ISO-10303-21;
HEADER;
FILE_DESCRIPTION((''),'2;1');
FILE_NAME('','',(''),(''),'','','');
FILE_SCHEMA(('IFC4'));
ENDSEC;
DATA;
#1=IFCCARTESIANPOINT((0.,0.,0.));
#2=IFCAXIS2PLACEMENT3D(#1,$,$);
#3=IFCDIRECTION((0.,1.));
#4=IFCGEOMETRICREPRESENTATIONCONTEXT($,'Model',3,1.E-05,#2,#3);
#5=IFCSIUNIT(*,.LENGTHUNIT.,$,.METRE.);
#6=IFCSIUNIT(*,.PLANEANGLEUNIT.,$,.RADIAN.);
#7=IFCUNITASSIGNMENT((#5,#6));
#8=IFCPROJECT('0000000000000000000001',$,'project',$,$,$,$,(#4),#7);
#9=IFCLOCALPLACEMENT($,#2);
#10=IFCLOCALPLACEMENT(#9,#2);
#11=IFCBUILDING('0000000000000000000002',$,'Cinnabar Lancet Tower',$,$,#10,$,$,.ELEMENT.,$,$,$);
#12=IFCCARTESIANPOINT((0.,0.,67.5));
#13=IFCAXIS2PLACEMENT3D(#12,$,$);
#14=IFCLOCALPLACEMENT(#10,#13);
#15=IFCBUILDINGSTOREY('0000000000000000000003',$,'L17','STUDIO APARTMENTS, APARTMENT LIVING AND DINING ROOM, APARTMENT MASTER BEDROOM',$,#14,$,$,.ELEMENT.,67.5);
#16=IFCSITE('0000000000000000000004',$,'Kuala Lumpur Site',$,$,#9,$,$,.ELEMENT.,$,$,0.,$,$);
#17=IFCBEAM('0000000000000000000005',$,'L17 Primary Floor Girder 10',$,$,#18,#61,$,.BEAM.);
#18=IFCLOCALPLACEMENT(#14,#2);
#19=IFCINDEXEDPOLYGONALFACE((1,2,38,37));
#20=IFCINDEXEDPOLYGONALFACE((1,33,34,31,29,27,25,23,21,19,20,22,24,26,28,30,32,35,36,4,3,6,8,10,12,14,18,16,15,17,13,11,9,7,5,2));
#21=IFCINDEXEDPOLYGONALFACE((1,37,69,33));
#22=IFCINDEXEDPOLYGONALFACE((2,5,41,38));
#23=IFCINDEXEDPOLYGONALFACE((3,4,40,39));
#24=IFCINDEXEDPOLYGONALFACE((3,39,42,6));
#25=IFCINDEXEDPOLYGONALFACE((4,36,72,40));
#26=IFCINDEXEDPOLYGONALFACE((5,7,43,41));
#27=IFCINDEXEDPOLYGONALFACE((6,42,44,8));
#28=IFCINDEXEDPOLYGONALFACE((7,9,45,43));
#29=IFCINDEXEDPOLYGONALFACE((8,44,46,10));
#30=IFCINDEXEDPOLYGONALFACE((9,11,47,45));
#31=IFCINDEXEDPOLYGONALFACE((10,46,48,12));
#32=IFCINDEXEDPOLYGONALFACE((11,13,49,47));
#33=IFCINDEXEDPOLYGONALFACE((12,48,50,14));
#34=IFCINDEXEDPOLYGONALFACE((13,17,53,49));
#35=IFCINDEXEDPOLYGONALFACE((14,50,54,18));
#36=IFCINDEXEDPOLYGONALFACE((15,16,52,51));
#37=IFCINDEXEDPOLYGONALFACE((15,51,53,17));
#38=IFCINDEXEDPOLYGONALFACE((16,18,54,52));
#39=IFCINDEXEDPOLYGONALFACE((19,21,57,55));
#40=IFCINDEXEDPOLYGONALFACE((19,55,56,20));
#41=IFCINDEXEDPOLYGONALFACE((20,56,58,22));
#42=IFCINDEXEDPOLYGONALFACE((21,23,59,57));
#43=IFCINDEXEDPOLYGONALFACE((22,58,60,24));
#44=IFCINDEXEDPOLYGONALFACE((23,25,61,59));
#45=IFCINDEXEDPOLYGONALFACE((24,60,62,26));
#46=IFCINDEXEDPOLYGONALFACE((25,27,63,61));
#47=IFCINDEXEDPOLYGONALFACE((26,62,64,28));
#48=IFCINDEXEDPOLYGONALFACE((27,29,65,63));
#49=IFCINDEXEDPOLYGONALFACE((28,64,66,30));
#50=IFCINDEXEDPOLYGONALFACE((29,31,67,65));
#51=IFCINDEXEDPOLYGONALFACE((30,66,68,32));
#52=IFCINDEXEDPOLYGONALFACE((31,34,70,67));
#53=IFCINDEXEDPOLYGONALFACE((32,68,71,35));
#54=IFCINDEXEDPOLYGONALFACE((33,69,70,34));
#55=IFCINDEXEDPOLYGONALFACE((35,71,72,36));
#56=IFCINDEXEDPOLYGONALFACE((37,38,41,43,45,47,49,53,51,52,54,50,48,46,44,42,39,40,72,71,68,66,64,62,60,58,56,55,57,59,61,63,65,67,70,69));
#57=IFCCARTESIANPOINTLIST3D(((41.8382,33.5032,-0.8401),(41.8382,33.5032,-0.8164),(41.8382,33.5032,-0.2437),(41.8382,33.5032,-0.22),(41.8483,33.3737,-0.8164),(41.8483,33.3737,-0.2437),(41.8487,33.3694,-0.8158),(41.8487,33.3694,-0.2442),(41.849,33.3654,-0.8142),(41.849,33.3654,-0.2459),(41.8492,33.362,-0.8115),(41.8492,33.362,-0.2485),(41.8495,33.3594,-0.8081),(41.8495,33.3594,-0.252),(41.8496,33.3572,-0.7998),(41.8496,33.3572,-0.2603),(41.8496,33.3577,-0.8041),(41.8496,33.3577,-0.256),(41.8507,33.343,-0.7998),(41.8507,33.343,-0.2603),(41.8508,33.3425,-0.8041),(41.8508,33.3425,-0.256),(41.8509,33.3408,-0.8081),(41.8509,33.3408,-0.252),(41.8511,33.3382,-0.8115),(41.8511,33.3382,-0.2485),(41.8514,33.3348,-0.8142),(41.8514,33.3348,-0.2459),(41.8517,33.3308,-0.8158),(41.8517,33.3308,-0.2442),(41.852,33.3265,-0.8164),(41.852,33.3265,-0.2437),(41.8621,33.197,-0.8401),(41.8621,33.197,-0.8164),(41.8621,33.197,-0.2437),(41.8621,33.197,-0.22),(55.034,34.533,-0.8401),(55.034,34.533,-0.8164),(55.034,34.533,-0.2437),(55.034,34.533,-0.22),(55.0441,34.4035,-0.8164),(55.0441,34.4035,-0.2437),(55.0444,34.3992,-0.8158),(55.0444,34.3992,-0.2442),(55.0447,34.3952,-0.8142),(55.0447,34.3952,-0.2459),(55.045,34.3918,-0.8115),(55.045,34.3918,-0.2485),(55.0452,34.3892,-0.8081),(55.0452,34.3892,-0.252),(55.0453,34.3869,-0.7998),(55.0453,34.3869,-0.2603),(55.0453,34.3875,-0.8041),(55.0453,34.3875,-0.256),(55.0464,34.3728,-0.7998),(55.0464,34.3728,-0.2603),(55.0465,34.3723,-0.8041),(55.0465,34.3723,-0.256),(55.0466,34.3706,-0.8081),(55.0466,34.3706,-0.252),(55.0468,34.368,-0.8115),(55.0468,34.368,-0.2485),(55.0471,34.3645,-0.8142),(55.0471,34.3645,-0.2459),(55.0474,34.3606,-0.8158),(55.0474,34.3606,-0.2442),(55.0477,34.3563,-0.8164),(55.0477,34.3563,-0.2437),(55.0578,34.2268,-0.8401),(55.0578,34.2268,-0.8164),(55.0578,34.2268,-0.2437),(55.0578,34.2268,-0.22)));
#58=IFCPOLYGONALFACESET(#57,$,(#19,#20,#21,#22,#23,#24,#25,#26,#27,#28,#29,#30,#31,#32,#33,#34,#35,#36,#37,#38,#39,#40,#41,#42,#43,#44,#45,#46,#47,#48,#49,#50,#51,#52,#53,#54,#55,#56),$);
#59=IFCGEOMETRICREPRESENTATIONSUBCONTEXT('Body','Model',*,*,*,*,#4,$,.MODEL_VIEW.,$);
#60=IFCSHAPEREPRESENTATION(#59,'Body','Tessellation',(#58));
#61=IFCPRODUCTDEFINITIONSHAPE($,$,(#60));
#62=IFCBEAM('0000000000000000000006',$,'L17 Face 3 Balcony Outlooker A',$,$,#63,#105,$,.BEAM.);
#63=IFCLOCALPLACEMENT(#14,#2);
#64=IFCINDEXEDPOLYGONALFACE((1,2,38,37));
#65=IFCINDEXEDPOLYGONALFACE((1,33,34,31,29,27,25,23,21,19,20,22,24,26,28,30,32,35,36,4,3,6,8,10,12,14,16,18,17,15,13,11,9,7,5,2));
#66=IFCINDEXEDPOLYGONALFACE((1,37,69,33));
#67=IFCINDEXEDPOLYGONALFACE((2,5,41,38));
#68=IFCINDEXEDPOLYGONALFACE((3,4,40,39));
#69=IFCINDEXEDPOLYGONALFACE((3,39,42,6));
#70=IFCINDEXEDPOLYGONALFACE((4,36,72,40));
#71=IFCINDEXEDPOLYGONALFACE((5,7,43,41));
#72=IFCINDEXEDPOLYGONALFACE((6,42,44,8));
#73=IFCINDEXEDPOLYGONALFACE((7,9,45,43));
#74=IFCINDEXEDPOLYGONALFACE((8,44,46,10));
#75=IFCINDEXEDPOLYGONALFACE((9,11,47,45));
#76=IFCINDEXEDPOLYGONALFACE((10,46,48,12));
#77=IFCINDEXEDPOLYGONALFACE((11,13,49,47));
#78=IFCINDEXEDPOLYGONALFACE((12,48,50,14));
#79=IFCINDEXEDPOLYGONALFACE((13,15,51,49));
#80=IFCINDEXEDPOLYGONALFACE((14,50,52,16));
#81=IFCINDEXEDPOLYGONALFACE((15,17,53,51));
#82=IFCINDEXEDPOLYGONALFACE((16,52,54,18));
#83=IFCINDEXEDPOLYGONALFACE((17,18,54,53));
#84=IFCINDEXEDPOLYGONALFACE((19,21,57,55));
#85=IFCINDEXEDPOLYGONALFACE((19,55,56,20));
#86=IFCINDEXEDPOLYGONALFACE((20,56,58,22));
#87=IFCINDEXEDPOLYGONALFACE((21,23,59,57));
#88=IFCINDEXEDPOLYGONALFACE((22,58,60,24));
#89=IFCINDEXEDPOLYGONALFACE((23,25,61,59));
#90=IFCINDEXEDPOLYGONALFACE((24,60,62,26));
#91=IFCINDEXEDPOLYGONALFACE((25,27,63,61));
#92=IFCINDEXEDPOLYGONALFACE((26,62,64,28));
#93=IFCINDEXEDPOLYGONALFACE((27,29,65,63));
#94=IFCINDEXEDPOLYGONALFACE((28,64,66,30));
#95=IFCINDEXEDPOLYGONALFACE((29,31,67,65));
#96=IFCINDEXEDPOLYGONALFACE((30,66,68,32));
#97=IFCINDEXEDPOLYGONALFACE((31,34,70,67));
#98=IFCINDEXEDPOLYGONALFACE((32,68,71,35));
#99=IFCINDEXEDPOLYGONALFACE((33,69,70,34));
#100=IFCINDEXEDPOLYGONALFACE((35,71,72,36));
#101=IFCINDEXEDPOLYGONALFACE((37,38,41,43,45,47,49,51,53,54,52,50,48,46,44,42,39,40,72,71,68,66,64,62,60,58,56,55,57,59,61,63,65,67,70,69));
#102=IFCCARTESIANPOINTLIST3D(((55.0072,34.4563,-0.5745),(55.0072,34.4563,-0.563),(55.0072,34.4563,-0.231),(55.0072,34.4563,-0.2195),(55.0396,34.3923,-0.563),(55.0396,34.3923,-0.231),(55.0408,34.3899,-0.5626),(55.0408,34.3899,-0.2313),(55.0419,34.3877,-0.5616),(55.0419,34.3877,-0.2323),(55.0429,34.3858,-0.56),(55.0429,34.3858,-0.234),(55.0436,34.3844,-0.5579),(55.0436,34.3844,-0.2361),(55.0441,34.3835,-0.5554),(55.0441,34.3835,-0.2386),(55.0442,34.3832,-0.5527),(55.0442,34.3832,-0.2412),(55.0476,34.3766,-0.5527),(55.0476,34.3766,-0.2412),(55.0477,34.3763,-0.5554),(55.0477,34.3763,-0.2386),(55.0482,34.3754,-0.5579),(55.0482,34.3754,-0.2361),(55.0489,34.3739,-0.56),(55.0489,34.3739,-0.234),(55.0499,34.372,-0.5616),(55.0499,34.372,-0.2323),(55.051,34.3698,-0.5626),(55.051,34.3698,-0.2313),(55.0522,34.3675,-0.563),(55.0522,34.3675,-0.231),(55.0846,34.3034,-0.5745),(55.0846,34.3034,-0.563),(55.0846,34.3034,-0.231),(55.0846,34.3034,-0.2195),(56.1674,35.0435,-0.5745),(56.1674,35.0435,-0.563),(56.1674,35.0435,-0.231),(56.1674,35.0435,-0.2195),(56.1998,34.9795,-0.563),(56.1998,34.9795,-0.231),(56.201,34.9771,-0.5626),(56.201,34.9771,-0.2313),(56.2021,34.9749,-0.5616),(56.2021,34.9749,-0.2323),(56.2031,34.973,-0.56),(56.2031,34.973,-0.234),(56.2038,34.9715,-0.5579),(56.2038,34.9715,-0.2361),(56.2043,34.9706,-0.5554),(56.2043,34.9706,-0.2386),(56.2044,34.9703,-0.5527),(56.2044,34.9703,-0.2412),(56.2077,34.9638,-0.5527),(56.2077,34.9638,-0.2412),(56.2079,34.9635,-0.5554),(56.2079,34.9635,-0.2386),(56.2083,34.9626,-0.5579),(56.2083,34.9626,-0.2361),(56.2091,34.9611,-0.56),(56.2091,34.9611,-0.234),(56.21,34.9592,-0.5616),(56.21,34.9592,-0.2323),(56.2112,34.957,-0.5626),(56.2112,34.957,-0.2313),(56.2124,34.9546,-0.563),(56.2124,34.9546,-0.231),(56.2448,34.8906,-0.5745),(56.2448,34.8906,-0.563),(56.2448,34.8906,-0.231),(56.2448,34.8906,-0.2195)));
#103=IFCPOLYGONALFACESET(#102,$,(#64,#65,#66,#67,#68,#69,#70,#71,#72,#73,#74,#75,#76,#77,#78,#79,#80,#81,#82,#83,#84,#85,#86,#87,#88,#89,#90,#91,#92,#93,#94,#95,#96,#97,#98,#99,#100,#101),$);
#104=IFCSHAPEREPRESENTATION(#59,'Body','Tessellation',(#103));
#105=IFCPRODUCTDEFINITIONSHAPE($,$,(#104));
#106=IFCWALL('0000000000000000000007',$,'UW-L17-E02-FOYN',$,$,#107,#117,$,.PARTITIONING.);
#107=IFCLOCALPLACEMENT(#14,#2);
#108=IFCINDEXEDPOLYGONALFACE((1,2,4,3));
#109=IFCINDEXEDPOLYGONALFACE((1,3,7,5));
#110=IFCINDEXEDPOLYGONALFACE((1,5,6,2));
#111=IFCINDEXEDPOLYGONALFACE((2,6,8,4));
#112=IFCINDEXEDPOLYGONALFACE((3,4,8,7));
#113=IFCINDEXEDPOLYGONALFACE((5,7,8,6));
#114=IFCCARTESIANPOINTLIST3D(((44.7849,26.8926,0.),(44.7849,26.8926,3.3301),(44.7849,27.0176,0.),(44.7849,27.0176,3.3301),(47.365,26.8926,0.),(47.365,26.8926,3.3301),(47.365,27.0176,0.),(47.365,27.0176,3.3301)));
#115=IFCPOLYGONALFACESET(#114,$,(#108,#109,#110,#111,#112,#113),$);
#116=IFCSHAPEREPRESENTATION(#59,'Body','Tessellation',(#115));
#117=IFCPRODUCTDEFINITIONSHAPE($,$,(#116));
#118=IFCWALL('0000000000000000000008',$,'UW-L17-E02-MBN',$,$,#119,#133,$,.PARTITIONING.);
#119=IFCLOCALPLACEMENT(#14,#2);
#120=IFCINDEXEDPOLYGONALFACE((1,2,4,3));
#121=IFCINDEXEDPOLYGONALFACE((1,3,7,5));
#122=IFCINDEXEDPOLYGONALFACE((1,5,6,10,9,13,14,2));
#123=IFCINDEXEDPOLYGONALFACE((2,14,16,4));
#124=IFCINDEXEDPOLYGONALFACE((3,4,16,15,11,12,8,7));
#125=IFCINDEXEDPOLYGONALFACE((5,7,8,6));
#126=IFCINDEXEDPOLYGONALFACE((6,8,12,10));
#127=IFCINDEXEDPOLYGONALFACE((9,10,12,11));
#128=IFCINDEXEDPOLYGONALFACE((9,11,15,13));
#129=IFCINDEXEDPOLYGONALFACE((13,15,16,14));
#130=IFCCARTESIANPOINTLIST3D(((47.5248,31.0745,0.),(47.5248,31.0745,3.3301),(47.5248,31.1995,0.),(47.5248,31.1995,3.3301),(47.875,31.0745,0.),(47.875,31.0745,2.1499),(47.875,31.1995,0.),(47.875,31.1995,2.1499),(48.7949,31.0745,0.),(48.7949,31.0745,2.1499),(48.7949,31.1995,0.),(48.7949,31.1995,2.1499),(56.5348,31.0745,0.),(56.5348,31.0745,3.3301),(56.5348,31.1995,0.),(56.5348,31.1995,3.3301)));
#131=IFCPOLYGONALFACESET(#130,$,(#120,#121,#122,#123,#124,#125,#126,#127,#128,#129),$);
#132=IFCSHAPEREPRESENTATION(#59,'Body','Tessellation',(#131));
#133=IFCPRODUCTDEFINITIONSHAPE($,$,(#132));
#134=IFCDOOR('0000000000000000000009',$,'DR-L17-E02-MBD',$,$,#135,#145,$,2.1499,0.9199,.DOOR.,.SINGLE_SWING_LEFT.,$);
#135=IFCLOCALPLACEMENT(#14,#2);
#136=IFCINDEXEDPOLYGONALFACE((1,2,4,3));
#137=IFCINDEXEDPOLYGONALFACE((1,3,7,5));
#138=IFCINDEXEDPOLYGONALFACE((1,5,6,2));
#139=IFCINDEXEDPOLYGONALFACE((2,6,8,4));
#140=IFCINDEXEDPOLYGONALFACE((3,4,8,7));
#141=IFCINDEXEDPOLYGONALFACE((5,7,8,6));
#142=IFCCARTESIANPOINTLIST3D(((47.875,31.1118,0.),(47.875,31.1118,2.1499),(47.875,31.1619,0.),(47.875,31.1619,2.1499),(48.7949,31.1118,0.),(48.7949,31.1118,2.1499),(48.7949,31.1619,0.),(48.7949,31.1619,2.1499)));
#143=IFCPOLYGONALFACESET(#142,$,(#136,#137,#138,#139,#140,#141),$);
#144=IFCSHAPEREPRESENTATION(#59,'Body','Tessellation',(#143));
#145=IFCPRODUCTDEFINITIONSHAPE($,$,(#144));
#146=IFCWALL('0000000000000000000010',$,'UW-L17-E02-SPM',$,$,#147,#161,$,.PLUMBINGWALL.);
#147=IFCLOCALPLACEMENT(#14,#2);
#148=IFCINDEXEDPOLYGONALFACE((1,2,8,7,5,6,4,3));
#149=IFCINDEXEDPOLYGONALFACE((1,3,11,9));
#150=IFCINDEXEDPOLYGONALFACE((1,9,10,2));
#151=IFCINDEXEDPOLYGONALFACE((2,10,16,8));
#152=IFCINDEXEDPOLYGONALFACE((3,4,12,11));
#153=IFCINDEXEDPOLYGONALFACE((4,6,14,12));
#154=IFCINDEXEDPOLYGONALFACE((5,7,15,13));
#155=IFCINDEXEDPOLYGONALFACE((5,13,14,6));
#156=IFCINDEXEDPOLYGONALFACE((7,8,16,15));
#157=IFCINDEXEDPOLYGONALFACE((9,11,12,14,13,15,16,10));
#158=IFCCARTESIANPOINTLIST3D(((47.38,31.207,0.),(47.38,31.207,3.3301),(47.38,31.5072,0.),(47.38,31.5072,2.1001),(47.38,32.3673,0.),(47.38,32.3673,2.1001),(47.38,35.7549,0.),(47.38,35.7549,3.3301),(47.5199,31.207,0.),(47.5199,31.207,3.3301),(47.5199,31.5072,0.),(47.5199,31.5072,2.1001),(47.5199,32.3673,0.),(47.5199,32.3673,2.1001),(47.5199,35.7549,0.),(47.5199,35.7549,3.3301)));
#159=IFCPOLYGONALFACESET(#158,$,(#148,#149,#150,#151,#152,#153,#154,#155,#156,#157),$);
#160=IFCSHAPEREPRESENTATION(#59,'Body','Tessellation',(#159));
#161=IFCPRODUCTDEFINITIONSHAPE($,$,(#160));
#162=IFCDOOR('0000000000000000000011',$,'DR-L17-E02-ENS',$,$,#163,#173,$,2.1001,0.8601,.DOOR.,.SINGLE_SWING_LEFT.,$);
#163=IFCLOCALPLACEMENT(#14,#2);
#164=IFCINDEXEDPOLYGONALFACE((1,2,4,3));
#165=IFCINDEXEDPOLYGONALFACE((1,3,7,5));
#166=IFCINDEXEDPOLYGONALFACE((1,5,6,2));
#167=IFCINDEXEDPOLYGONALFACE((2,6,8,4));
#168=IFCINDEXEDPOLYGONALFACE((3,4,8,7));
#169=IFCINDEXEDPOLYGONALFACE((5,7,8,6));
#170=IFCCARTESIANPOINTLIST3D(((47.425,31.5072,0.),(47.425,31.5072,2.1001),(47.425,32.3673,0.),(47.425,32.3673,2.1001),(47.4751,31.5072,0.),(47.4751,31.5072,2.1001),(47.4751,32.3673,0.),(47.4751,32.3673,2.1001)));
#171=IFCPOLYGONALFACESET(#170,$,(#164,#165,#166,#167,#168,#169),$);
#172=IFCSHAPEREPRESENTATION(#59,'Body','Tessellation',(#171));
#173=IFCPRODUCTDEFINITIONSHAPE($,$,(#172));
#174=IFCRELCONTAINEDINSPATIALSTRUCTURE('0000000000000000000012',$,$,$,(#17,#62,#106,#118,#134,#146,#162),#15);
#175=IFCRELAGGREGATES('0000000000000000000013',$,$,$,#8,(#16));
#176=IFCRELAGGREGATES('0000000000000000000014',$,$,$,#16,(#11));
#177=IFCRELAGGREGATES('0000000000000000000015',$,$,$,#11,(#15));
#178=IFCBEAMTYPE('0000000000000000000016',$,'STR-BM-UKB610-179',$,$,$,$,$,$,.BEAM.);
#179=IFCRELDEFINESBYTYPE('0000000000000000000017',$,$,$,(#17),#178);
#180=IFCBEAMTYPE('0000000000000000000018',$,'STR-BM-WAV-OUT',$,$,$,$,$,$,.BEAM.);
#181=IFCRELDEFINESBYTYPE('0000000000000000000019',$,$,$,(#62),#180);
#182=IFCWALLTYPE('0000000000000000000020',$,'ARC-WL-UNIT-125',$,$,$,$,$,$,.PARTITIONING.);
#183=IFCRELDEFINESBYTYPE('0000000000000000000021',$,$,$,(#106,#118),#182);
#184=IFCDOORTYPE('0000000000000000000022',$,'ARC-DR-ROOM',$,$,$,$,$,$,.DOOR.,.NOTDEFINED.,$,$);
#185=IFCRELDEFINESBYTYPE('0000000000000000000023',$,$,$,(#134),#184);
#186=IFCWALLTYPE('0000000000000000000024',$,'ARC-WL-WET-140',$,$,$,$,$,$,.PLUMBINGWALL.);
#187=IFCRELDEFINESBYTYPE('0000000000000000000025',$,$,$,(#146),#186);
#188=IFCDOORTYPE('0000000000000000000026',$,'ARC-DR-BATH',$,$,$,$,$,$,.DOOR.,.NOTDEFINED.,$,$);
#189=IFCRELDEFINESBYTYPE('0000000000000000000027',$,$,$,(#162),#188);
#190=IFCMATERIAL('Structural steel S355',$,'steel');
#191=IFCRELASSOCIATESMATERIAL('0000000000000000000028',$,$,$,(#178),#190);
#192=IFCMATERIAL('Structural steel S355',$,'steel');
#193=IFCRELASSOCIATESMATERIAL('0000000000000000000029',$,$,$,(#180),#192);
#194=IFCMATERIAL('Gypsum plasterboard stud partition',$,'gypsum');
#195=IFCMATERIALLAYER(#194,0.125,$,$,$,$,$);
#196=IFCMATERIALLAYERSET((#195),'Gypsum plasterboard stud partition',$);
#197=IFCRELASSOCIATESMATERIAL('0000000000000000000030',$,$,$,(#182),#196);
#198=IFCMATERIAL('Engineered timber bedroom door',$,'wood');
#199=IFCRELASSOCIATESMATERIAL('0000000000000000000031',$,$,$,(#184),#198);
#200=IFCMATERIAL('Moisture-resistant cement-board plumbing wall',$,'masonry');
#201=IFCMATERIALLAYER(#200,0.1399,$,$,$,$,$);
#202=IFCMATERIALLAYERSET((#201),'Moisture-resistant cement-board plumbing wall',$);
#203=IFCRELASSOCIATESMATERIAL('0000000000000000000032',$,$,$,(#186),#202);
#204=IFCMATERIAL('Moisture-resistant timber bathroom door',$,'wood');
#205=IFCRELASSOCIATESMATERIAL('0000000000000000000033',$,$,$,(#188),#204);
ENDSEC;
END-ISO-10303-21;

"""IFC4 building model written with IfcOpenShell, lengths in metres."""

from ifc_helpers import new_model, si_unit, direction, frame, frame_2d, origin, origin_2d, place, context, subcontext, project, spatial, rectangle, i_section, extrude, material, layer, layer_set, material_profile, profile_set, type_object, element, fill, save


model = new_model("IFC4")

# Units and contexts
model_context = context("Model", 3, precision=1e-05, world=origin(), true_north=direction((0.0, 1.0)))
body_context = subcontext(model_context, "Body", "Model", "MODEL_VIEW")
ifc_project = project(units=[si_unit("LENGTHUNIT", "METRE"), si_unit("PLANEANGLEUNIT", "RADIAN")], contexts=[model_context])

# Site, building, storey
site_placement = place(None, origin())
site = spatial("IfcSite", under=ifc_project, at=site_placement, Name="Kuala Lumpur Site", CompositionType="ELEMENT", RefElevation=0.0)
building_placement = place(site_placement, origin())
building = spatial("IfcBuilding", under=site, at=building_placement, Name="Cinnabar Lancet Tower", CompositionType="ELEMENT")
storey_placement = place(building_placement, frame((0.0, 0.0, 67.5)))
storey = spatial("IfcBuildingStorey", under=building, at=storey_placement, Name="L17", Description="STUDIO APARTMENTS, APARTMENT LIVING AND DINING ROOM, APARTMENT MASTER BEDROOM", CompositionType="ELEMENT", Elevation=67.5)

# Beams
ifc_material_1 = material(Name="Structural steel S355", Category="steel")
ifc_material_profile_1 = material_profile(ifc_material_1, i_section(OverallWidth=0.3071, OverallDepth=0.6201, WebThickness=0.0142, FlangeThickness=0.0237, FilletRadius=0.0166, at=origin_2d()), Name="UKB 610x305x179")
ifc_profile_set_1 = profile_set([ifc_material_profile_1], Name="Structural steel S355")
beam_type_1 = type_object("IfcBeamType", Name="STR-BM-UKB610-179", PredefinedType="BEAM", material=ifc_profile_set_1)
beam_1_placement = place(storey_placement, frame((55.0459, 34.3799, -0.53), z_axis=(-0.996969, -0.077802, 0.0), x_axis=(0.077802, -0.996969, 0.0)))
element("IfcBeam", 1, at=beam_1_placement, inside=storey, type_object=beam_type_1, Name="L17 Primary Floor Girder 10", PredefinedType="BEAM", context=body_context, shape_type="SweptSolid", body=[
    extrude(i_section(OverallWidth=0.3071, OverallDepth=0.6201, WebThickness=0.0142, FlangeThickness=0.0237, FilletRadius=0.0166, at=origin_2d()), origin(), (0.0, 0.0, 1.0), 13.2358),
])
ifc_material_2 = material(Name="Structural steel S355", Category="steel")
ifc_material_profile_2 = material_profile(ifc_material_2, i_section(OverallWidth=0.1714, OverallDepth=0.355, WebThickness=0.0073, FlangeThickness=0.0115, FilletRadius=0.0103, at=origin_2d()), Name="UKB 356x171x51")
ifc_profile_set_2 = profile_set([ifc_material_profile_2], Name="Structural steel S355")
beam_type_2 = type_object("IfcBeamType", Name="STR-BM-WAV-OUT", PredefinedType="BEAM", material=ifc_profile_set_2)
beam_2_placement = place(storey_placement, frame((55.0459, 34.3799, -0.397), z_axis=(0.892239, 0.451564, 0.0), x_axis=(-0.451564, 0.892239, 0.0)))
element("IfcBeam", 2, at=beam_2_placement, inside=storey, type_object=beam_type_2, Name="L17 Face 3 Balcony Outlooker A", PredefinedType="BEAM", context=body_context, shape_type="SweptSolid", body=[
    extrude(i_section(OverallWidth=0.1714, OverallDepth=0.355, WebThickness=0.0073, FlangeThickness=0.0115, FilletRadius=0.0103, at=origin_2d()), origin(), (0.0, 0.0, 1.0), 1.3003),
])

# Wall
ifc_material_3 = material(Name="Gypsum plasterboard stud partition", Category="gypsum")
ifc_layer_1 = layer(ifc_material_3, 0.125)
ifc_layer_set_1 = layer_set([ifc_layer_1], Name="Gypsum plasterboard stud partition")
wall_type_1 = type_object("IfcWallType", Name="ARC-WL-UNIT-125", PredefinedType="PARTITIONING", material=ifc_layer_set_1)
wall_1_placement = place(storey_placement, frame((44.7849, 26.9551, 0.0), z_axis=(0.0, 0.0, 1.0), x_axis=(1.0, 0.0, 0.0)))
element("IfcWall", 3, at=wall_1_placement, inside=storey, type_object=wall_type_1, Name="UW-L17-E02-FOYN", PredefinedType="PARTITIONING", context=body_context, shape_type="SweptSolid", body=[
    extrude(rectangle(XDim=2.5801, YDim=0.125, at=frame_2d((1.29, 0.0))), origin(), (0.0, 0.0, 1.0), 3.3301),
])

# Wall, opening, door
wall_2_placement = place(storey_placement, frame((47.5249, 31.137, 0.0), z_axis=(0.0, 0.0, 1.0), x_axis=(1.0, 0.0, 0.0)))
wall_2 = element("IfcWall", 4, at=wall_2_placement, inside=storey, type_object=wall_type_1, Name="UW-L17-E02-MBN", PredefinedType="PARTITIONING", context=body_context, shape_type="SweptSolid", body=[
    extrude(rectangle(XDim=9.01, YDim=0.125, at=frame_2d((4.5049, 0.0))), origin(), (0.0, 0.0, 1.0), 3.3301),
])
opening_1_placement = place(wall_2_placement, frame((0.3501, 0.0, 0.0)))
opening_1 = element("IfcOpeningElement", 5, at=opening_1_placement, cuts=wall_2, PredefinedType="OPENING", context=body_context, shape_type="SweptSolid", body=[
    extrude(rectangle(XDim=0.9199, YDim=2.1499, at=frame_2d((0.46, 1.075))), frame((0.0, 0.0725, 0.0), z_axis=(0.0, -1.0, 0.0), x_axis=(1.0, 0.0, 0.0)), (0.0, 0.0, 1.0), 0.145),
])
ifc_material_4 = material(Name="Engineered timber bedroom door", Category="wood")
door_type_1 = type_object("IfcDoorType", Name="ARC-DR-ROOM", OperationType="NOTDEFINED", PredefinedType="DOOR", material=ifc_material_4)
door_1_placement = place(opening_1_placement, origin())
door_1 = element("IfcDoor", 6, at=door_1_placement, inside=storey, type_object=door_type_1, Name="DR-L17-E02-MBD", OperationType="SINGLE_SWING_LEFT", OverallHeight=2.1499, OverallWidth=0.9199, PredefinedType="DOOR", context=body_context, shape_type="SweptSolid", body=[
    extrude(rectangle(XDim=0.9199, YDim=2.1499, at=frame_2d((0.46, 1.075))), frame((0.0, 0.0249, 0.0), z_axis=(0.0, -1.0, 0.0), x_axis=(1.0, 0.0, 0.0)), (0.0, 0.0, 1.0), 0.05),
])
fill(opening_1, door_1)

# Shared definitions
ifc_material_5 = material(Name="Moisture-resistant cement-board plumbing wall", Category="masonry")
ifc_layer_2 = layer(ifc_material_5, 0.1399)
ifc_layer_set_2 = layer_set([ifc_layer_2], Name="Moisture-resistant cement-board plumbing wall")
wall_type_2 = type_object("IfcWallType", Name="ARC-WL-WET-140", PredefinedType="PLUMBINGWALL", material=ifc_layer_set_2)
ifc_material_6 = material(Name="Moisture-resistant timber bathroom door", Category="wood")
door_type_2 = type_object("IfcDoorType", Name="ARC-DR-BATH", OperationType="NOTDEFINED", PredefinedType="DOOR", material=ifc_material_6)

# Wall, opening, door
wall_3_placement = place(storey_placement, frame((47.45, 31.207, 0.0), z_axis=(0.0, 0.0, 1.0), x_axis=(0.0, 1.0, 0.0)))
wall_3 = element("IfcWall", 7, at=wall_3_placement, inside=storey, type_object=wall_type_2, Name="UW-L17-E02-SPM", PredefinedType="PLUMBINGWALL", context=body_context, shape_type="SweptSolid", body=[
    extrude(rectangle(XDim=4.5479, YDim=0.1399, at=frame_2d((2.2739, 0.0))), origin(), (0.0, 0.0, 1.0), 3.3301),
])
opening_2_placement = place(wall_3_placement, frame((0.3, 0.0, 0.0)))
opening_2 = element("IfcOpeningElement", 8, at=opening_2_placement, cuts=wall_3, PredefinedType="OPENING", context=body_context, shape_type="SweptSolid", body=[
    extrude(rectangle(XDim=0.8601, YDim=2.1001, at=frame_2d((0.4302, 1.05))), frame((0.0, 0.0798, 0.0), z_axis=(0.0, -1.0, 0.0), x_axis=(1.0, 0.0, 0.0)), (0.0, 0.0, 1.0), 0.1599),
])
door_2_placement = place(opening_2_placement, origin())
door_2 = element("IfcDoor", 9, at=door_2_placement, inside=storey, type_object=door_type_2, Name="DR-L17-E02-ENS", OperationType="SINGLE_SWING_LEFT", OverallHeight=2.1001, OverallWidth=0.8601, PredefinedType="DOOR", context=body_context, shape_type="SweptSolid", body=[
    extrude(rectangle(XDim=0.8601, YDim=2.1001, at=frame_2d((0.4302, 1.05))), frame((0.0, 0.0249, 0.0), z_axis=(0.0, -1.0, 0.0), x_axis=(1.0, 0.0, 0.0)), (0.0, 0.0, 1.0), 0.05),
])
fill(opening_2, door_2)

save(model, "model.ifc")
